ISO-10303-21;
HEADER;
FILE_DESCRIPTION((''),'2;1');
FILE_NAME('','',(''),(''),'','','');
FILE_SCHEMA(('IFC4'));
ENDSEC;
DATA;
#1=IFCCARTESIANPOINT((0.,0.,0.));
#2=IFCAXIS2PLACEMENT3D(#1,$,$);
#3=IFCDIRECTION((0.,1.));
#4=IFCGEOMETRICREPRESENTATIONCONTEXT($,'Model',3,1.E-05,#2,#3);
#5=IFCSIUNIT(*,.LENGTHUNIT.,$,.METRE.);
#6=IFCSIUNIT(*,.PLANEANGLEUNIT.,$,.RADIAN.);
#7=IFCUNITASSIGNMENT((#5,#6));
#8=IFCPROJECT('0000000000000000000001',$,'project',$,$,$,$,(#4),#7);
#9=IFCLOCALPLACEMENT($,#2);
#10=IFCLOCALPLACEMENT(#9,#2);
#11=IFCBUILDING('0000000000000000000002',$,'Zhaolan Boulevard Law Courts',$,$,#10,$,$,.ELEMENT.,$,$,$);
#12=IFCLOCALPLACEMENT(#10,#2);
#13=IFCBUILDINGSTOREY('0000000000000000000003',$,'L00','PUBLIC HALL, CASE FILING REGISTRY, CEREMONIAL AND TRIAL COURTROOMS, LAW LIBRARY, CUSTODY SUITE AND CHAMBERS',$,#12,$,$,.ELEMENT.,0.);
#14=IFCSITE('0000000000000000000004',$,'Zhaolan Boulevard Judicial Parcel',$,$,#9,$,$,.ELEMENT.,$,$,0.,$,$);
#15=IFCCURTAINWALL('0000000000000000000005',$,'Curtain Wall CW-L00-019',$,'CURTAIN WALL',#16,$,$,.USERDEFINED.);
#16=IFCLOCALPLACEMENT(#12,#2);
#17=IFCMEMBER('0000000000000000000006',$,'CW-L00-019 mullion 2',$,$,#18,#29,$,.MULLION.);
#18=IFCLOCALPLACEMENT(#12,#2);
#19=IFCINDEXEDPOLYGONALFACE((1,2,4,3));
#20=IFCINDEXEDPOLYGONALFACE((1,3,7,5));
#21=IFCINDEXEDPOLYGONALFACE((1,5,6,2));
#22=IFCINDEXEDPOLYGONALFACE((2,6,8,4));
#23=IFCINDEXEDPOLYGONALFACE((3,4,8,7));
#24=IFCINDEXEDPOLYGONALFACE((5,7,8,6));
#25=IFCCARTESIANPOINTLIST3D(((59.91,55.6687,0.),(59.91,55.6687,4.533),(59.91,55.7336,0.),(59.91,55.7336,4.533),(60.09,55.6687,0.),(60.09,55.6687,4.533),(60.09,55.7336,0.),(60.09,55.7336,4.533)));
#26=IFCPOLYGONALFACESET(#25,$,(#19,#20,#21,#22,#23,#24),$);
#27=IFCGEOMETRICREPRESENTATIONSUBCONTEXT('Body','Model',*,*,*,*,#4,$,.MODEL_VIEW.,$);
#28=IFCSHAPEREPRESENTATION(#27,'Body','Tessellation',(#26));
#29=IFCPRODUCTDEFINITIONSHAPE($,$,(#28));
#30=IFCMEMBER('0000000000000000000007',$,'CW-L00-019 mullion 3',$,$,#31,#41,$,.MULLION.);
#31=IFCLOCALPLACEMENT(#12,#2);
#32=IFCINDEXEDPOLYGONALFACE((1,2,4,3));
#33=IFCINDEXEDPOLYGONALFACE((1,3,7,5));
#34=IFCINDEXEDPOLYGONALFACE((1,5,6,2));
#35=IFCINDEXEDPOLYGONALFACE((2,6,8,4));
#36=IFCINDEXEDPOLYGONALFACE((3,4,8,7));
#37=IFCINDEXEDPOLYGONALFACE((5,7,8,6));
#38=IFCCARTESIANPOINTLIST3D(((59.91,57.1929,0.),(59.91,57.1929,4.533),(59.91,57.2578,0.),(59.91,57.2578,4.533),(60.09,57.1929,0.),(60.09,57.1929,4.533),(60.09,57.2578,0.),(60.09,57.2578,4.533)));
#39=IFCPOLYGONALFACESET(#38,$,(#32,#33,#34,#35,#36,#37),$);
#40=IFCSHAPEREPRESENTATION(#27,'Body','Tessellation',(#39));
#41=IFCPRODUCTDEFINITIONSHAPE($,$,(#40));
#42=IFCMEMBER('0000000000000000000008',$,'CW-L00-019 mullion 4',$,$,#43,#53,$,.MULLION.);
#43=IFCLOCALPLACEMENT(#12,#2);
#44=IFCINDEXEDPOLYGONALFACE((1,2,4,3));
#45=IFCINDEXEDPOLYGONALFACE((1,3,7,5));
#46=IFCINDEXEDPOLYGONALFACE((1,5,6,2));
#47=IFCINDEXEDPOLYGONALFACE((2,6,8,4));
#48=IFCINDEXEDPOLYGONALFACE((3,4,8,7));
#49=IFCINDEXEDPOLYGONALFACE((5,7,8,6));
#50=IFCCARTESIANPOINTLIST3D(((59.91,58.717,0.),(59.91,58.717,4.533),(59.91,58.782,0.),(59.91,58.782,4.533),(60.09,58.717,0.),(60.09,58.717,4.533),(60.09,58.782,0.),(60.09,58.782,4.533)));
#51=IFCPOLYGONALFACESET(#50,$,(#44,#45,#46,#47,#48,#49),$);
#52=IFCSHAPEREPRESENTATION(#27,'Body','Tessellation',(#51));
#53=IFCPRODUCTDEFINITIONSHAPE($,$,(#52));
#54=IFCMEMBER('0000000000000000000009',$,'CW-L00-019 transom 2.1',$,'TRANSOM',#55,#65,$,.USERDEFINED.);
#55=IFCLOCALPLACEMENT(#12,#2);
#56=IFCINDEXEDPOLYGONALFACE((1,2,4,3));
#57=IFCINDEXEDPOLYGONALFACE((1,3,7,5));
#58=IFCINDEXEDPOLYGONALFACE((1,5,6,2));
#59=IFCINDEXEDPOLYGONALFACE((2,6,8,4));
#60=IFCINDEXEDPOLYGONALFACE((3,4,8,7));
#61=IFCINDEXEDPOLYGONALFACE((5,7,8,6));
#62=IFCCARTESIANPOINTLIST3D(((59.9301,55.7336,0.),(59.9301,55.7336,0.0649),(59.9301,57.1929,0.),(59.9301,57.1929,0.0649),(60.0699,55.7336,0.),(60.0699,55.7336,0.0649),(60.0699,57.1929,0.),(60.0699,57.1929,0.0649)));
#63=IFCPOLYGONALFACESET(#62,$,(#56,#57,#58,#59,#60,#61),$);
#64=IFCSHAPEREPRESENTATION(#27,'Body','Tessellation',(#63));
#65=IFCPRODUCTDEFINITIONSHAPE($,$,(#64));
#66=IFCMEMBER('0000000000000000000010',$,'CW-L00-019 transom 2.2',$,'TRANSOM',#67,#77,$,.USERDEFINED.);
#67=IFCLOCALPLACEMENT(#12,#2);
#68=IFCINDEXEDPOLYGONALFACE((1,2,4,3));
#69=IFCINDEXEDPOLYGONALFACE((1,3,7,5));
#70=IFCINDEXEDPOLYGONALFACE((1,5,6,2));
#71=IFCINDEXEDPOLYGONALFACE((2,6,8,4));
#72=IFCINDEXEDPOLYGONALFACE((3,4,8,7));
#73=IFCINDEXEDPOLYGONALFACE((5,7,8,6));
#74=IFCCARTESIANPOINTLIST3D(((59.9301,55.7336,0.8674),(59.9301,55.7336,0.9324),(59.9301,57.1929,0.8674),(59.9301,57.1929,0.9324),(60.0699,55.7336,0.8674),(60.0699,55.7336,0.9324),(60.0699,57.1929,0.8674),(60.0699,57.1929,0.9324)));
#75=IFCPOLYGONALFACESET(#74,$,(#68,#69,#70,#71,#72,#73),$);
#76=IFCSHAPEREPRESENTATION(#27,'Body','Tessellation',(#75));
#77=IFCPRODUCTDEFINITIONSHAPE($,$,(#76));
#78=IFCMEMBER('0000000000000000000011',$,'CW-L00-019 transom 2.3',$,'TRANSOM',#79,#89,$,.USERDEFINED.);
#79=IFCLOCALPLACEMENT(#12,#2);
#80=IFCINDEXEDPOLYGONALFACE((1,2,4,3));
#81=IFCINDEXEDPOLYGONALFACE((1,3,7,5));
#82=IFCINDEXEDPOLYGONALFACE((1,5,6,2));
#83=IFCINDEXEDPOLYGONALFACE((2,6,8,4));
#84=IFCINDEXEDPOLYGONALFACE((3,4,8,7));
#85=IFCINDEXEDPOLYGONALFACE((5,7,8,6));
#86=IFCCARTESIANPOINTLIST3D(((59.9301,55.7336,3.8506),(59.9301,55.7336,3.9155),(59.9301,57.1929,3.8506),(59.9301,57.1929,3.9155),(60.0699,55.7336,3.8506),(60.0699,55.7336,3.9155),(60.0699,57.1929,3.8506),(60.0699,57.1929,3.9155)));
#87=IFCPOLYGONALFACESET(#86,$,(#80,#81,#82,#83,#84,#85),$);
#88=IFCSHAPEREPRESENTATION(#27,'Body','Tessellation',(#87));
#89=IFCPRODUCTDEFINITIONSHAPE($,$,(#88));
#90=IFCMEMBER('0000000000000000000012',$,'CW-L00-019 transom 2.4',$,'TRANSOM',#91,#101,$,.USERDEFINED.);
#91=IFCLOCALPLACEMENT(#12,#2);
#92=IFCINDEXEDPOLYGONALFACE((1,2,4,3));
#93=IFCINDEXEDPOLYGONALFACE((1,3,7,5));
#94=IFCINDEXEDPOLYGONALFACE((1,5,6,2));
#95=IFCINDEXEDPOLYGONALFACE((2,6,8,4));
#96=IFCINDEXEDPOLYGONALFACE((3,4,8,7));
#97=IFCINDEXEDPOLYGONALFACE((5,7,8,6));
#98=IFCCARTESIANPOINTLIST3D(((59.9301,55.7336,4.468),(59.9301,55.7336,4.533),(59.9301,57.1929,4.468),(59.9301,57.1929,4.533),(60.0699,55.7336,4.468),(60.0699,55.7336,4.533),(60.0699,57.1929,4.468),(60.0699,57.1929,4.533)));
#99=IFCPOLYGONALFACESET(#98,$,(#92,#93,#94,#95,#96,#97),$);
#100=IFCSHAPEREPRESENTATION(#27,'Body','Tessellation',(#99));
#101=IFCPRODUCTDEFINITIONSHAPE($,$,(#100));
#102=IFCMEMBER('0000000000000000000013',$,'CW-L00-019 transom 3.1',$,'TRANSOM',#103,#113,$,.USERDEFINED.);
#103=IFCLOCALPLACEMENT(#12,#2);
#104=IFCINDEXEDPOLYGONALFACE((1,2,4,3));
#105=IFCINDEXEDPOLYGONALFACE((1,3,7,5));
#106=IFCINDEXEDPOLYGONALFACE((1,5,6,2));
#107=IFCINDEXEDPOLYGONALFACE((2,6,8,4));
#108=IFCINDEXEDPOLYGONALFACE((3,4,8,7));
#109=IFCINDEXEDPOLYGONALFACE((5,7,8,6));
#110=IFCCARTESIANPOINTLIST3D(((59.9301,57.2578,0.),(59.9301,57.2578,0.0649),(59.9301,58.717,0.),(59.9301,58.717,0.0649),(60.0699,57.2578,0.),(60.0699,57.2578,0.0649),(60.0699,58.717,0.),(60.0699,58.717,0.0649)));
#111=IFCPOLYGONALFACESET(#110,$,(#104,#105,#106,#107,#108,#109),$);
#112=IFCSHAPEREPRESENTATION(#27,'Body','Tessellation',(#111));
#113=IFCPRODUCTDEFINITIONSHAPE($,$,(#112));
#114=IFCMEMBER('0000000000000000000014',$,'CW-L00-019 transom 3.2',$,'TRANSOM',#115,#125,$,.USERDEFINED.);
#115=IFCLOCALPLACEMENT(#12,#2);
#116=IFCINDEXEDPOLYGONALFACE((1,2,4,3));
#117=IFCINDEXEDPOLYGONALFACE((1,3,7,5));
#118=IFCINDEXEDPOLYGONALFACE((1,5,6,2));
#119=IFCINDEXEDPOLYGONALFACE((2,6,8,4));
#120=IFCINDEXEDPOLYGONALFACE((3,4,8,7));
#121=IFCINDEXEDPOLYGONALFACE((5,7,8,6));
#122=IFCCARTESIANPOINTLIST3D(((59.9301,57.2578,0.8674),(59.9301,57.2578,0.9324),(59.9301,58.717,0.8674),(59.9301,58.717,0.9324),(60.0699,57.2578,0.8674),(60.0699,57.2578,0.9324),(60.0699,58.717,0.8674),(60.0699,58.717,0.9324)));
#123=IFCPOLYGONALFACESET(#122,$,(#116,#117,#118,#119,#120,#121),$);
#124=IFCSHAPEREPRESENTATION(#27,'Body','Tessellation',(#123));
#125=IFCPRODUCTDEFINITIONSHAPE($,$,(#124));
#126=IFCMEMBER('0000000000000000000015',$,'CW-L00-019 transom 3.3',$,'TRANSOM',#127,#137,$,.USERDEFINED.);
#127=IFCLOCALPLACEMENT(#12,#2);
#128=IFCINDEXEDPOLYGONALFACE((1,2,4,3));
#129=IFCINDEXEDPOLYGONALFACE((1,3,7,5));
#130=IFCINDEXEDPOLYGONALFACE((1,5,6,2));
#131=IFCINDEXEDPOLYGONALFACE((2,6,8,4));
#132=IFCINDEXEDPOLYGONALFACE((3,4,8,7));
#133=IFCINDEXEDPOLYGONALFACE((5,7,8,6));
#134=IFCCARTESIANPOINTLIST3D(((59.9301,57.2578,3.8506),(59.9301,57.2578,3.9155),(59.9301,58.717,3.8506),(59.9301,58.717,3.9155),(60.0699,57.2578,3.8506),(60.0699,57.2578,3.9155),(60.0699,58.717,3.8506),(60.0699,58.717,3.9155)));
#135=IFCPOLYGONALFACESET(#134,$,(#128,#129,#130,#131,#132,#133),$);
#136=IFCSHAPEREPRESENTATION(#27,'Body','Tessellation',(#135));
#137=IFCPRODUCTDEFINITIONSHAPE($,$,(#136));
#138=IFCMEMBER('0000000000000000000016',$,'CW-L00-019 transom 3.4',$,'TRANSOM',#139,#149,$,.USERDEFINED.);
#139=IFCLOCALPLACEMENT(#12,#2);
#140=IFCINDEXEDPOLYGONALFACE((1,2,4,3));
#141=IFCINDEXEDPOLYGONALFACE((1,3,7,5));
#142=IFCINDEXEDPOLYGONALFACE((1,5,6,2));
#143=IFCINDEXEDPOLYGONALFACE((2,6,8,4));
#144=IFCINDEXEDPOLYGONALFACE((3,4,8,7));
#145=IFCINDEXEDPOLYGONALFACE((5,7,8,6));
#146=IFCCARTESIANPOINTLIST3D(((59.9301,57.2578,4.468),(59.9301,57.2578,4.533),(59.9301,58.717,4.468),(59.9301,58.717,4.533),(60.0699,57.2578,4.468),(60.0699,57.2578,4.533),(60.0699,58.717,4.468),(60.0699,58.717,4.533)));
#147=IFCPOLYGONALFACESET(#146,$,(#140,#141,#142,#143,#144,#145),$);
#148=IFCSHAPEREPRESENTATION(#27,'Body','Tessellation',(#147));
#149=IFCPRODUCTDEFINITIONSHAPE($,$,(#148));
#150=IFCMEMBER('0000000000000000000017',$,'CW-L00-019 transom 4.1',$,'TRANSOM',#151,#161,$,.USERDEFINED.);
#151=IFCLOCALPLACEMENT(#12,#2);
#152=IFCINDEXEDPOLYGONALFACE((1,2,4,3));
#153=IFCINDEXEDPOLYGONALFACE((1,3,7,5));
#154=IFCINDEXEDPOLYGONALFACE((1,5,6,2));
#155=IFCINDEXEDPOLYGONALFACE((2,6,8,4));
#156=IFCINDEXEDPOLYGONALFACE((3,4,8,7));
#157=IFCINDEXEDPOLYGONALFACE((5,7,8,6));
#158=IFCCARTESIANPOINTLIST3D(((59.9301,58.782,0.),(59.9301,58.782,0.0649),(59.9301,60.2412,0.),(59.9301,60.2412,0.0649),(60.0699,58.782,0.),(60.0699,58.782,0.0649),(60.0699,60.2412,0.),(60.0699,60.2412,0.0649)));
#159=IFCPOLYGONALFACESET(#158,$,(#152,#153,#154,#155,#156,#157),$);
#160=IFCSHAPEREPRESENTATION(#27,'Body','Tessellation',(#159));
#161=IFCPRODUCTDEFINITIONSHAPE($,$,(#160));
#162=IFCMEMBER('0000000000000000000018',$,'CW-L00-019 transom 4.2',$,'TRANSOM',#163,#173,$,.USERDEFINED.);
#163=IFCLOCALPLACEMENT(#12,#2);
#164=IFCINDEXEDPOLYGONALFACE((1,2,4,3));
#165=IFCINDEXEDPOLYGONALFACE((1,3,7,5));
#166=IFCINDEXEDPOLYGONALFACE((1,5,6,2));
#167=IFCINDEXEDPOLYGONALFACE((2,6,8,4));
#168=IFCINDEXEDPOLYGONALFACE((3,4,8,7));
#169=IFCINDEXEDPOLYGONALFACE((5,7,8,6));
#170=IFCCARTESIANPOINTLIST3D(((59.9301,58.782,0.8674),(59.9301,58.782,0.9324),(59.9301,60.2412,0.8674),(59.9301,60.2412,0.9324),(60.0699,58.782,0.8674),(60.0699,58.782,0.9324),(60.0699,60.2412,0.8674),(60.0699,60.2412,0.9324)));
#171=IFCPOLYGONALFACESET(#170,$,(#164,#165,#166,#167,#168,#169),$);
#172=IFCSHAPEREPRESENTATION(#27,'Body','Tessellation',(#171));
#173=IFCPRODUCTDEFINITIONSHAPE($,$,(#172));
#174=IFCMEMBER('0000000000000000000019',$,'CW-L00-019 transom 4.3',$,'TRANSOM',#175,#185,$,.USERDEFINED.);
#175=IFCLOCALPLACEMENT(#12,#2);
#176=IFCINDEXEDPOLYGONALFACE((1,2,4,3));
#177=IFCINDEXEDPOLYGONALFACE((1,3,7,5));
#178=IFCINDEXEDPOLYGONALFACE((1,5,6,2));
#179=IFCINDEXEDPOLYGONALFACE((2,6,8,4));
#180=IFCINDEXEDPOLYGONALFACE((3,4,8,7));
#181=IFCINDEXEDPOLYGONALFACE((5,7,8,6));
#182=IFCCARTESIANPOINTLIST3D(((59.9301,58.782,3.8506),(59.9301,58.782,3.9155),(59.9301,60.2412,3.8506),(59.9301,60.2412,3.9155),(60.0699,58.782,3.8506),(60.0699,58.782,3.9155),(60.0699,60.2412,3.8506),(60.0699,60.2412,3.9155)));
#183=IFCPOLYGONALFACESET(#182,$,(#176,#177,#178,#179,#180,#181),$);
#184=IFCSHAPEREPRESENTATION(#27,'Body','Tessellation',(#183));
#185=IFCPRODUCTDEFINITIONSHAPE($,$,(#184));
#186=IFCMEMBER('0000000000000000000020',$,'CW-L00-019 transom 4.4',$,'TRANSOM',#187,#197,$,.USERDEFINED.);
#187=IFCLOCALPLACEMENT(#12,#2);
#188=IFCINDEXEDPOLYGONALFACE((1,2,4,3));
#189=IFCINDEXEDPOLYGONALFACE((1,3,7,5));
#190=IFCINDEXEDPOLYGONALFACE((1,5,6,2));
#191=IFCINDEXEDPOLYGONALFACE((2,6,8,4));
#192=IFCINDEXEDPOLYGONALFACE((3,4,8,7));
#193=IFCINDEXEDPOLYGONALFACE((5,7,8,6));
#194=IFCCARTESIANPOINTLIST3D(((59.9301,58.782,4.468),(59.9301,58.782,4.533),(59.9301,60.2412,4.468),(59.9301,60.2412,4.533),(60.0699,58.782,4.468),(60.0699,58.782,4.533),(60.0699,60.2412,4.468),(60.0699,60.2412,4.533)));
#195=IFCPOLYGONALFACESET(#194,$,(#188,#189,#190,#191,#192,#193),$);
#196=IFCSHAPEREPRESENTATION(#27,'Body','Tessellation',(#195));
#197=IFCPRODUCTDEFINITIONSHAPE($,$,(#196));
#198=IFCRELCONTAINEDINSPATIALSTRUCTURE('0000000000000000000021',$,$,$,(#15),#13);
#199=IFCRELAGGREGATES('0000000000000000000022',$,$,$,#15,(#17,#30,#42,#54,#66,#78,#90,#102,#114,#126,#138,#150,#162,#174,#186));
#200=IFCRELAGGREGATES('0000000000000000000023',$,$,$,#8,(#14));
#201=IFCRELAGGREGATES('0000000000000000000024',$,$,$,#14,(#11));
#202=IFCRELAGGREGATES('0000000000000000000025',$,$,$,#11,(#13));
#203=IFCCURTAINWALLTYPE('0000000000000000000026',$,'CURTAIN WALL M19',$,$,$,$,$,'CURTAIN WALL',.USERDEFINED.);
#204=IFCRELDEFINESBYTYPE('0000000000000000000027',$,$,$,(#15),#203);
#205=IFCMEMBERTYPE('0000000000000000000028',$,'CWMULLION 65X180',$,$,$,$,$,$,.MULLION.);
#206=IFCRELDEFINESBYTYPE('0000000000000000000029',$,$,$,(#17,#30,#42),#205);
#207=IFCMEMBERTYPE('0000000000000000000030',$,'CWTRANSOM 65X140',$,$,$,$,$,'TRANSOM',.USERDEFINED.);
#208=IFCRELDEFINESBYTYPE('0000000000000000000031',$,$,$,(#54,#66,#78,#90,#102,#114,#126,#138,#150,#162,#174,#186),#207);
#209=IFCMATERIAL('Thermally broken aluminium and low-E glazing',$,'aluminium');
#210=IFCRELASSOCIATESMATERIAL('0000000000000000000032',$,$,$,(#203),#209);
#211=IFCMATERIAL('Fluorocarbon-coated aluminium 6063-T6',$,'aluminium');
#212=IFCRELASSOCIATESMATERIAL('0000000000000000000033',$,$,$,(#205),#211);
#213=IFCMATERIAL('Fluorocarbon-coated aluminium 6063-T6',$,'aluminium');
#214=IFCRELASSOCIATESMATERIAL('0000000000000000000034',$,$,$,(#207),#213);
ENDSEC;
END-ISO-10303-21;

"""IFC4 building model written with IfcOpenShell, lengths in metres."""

from ifc_helpers import new_model, si_unit, direction, frame, origin, origin_2d, place, context, subcontext, project, spatial, rectangle, extrude, material, material_profile, profile_set, type_object, element, aggregate, save


model = new_model("IFC4")

# Units and contexts
model_context = context("Model", 3, precision=1e-05, world=origin(), true_north=direction((0.0, 1.0)))
body_context = subcontext(model_context, "Body", "Model", "MODEL_VIEW")
ifc_project = project(units=[si_unit("LENGTHUNIT", "METRE"), si_unit("PLANEANGLEUNIT", "RADIAN")], contexts=[model_context])

# Site, building, storey
site_placement = place(None, origin())
site = spatial("IfcSite", under=ifc_project, at=site_placement, Name="Zhaolan Boulevard Judicial Parcel", CompositionType="ELEMENT", RefElevation=0.0)
building_placement = place(site_placement, origin())
building = spatial("IfcBuilding", under=site, at=building_placement, Name="Zhaolan Boulevard Law Courts", CompositionType="ELEMENT")
storey_placement = place(building_placement, origin())
storey = spatial("IfcBuildingStorey", under=building, at=storey_placement, Name="L00", Description="PUBLIC HALL, CASE FILING REGISTRY, CEREMONIAL AND TRIAL COURTROOMS, LAW LIBRARY, CUSTODY SUITE AND CHAMBERS", CompositionType="ELEMENT", Elevation=0.0)

# Curtain wall, members
ifc_material_1 = material(Name="Thermally broken aluminium and low-E glazing", Category="aluminium")
curtain_wall_type = type_object("IfcCurtainWallType", Name="CURTAIN WALL M19", ElementType="CURTAIN WALL", PredefinedType="USERDEFINED", material=ifc_material_1)
curtain_wall_placement = place(storey_placement, origin())
curtain_wall = element("IfcCurtainWall", 1, at=curtain_wall_placement, inside=storey, type_object=curtain_wall_type, Name="Curtain Wall CW-L00-019", ObjectType="CURTAIN WALL", PredefinedType="USERDEFINED")
ifc_material_2 = material(Name="Fluorocarbon-coated aluminium 6063-T6", Category="aluminium")
ifc_material_profile_1 = material_profile(ifc_material_2, rectangle(XDim=0.1799, YDim=0.0649, at=origin_2d()), Name="AL65x180")
ifc_profile_set_1 = profile_set([ifc_material_profile_1], Name="Fluorocarbon-coated aluminium 6063-T6")
member_type_1 = type_object("IfcMemberType", Name="CWMULLION 65X180", PredefinedType="MULLION", material=ifc_profile_set_1)
member_1_placement = place(storey_placement, frame((60.0, 55.7012, 0.0), z_axis=(0.0, 0.0, 1.0), x_axis=(-1.0, 0.0, 0.0)))
member_1 = element("IfcMember", 2, at=member_1_placement, type_object=member_type_1, Name="CW-L00-019 mullion 2", PredefinedType="MULLION", context=body_context, shape_type="SweptSolid", body=[
    extrude(rectangle(XDim=0.1799, YDim=0.0649, at=origin_2d()), origin(), (0.0, 0.0, 1.0), 4.533),
])
member_2_placement = place(storey_placement, frame((60.0, 57.2253, 0.0), z_axis=(0.0, 0.0, 1.0), x_axis=(-1.0, 0.0, 0.0)))
member_2 = element("IfcMember", 3, at=member_2_placement, type_object=member_type_1, Name="CW-L00-019 mullion 3", PredefinedType="MULLION", context=body_context, shape_type="SweptSolid", body=[
    extrude(rectangle(XDim=0.1799, YDim=0.0649, at=origin_2d()), origin(), (0.0, 0.0, 1.0), 4.533),
])
member_3_placement = place(storey_placement, frame((60.0, 58.7495, 0.0), z_axis=(0.0, 0.0, 1.0), x_axis=(-1.0, 0.0, 0.0)))
member_3 = element("IfcMember", 4, at=member_3_placement, type_object=member_type_1, Name="CW-L00-019 mullion 4", PredefinedType="MULLION", context=body_context, shape_type="SweptSolid", body=[
    extrude(rectangle(XDim=0.1799, YDim=0.0649, at=origin_2d()), origin(), (0.0, 0.0, 1.0), 4.533),
])
ifc_material_3 = material(Name="Fluorocarbon-coated aluminium 6063-T6", Category="aluminium")
ifc_material_profile_2 = material_profile(ifc_material_3, rectangle(XDim=0.1399, YDim=0.0649, at=origin_2d()), Name="AL65x140")
ifc_profile_set_2 = profile_set([ifc_material_profile_2], Name="Fluorocarbon-coated aluminium 6063-T6")
member_type_2 = type_object("IfcMemberType", Name="CWTRANSOM 65X140", ElementType="TRANSOM", PredefinedType="USERDEFINED", material=ifc_profile_set_2)
member_4_placement = place(storey_placement, frame((60.0, 55.7336, 0.0325), z_axis=(0.0, 1.0, 0.0), x_axis=(-1.0, 0.0, 0.0)))
member_4 = element("IfcMember", 5, at=member_4_placement, type_object=member_type_2, Name="CW-L00-019 transom 2.1", ObjectType="TRANSOM", PredefinedType="USERDEFINED", context=body_context, shape_type="SweptSolid", body=[
    extrude(rectangle(XDim=0.1399, YDim=0.0649, at=origin_2d()), origin(), (0.0, 0.0, 1.0), 1.4592),
])
member_5_placement = place(storey_placement, frame((60.0, 55.7336, 0.8999), z_axis=(0.0, 1.0, 0.0), x_axis=(-1.0, 0.0, 0.0)))
member_5 = element("IfcMember", 6, at=member_5_placement, type_object=member_type_2, Name="CW-L00-019 transom 2.2", ObjectType="TRANSOM", PredefinedType="USERDEFINED", context=body_context, shape_type="SweptSolid", body=[
    extrude(rectangle(XDim=0.1399, YDim=0.0649, at=origin_2d()), origin(), (0.0, 0.0, 1.0), 1.4592),
])
member_6_placement = place(storey_placement, frame((60.0, 55.7336, 3.8831), z_axis=(0.0, 1.0, 0.0), x_axis=(-1.0, 0.0, 0.0)))
member_6 = element("IfcMember", 7, at=member_6_placement, type_object=member_type_2, Name="CW-L00-019 transom 2.3", ObjectType="TRANSOM", PredefinedType="USERDEFINED", context=body_context, shape_type="SweptSolid", body=[
    extrude(rectangle(XDim=0.1399, YDim=0.0649, at=origin_2d()), origin(), (0.0, 0.0, 1.0), 1.4592),
])
member_7_placement = place(storey_placement, frame((60.0, 55.7336, 4.5005), z_axis=(0.0, 1.0, 0.0), x_axis=(-1.0, 0.0, 0.0)))
member_7 = element("IfcMember", 8, at=member_7_placement, type_object=member_type_2, Name="CW-L00-019 transom 2.4", ObjectType="TRANSOM", PredefinedType="USERDEFINED", context=body_context, shape_type="SweptSolid", body=[
    extrude(rectangle(XDim=0.1399, YDim=0.0649, at=origin_2d()), origin(), (0.0, 0.0, 1.0), 1.4592),
])
member_8_placement = place(storey_placement, frame((60.0, 57.2578, 0.0325), z_axis=(0.0, 1.0, 0.0), x_axis=(-1.0, 0.0, 0.0)))
member_8 = element("IfcMember", 9, at=member_8_placement, type_object=member_type_2, Name="CW-L00-019 transom 3.1", ObjectType="TRANSOM", PredefinedType="USERDEFINED", context=body_context, shape_type="SweptSolid", body=[
    extrude(rectangle(XDim=0.1399, YDim=0.0649, at=origin_2d()), origin(), (0.0, 0.0, 1.0), 1.4592),
])
member_9_placement = place(storey_placement, frame((60.0, 57.2578, 0.8999), z_axis=(0.0, 1.0, 0.0), x_axis=(-1.0, 0.0, 0.0)))
member_9 = element("IfcMember", 10, at=member_9_placement, type_object=member_type_2, Name="CW-L00-019 transom 3.2", ObjectType="TRANSOM", PredefinedType="USERDEFINED", context=body_context, shape_type="SweptSolid", body=[
    extrude(rectangle(XDim=0.1399, YDim=0.0649, at=origin_2d()), origin(), (0.0, 0.0, 1.0), 1.4592),
])
member_10_placement = place(storey_placement, frame((60.0, 57.2578, 3.8831), z_axis=(0.0, 1.0, 0.0), x_axis=(-1.0, 0.0, 0.0)))
member_10 = element("IfcMember", 11, at=member_10_placement, type_object=member_type_2, Name="CW-L00-019 transom 3.3", ObjectType="TRANSOM", PredefinedType="USERDEFINED", context=body_context, shape_type="SweptSolid", body=[
    extrude(rectangle(XDim=0.1399, YDim=0.0649, at=origin_2d()), origin(), (0.0, 0.0, 1.0), 1.4592),
])
member_11_placement = place(storey_placement, frame((60.0, 57.2578, 4.5005), z_axis=(0.0, 1.0, 0.0), x_axis=(-1.0, 0.0, 0.0)))
member_11 = element("IfcMember", 12, at=member_11_placement, type_object=member_type_2, Name="CW-L00-019 transom 3.4", ObjectType="TRANSOM", PredefinedType="USERDEFINED", context=body_context, shape_type="SweptSolid", body=[
    extrude(rectangle(XDim=0.1399, YDim=0.0649, at=origin_2d()), origin(), (0.0, 0.0, 1.0), 1.4592),
])
member_12_placement = place(storey_placement, frame((60.0, 58.782, 0.0325), z_axis=(0.0, 1.0, 0.0), x_axis=(-1.0, 0.0, 0.0)))
member_12 = element("IfcMember", 13, at=member_12_placement, type_object=member_type_2, Name="CW-L00-019 transom 4.1", ObjectType="TRANSOM", PredefinedType="USERDEFINED", context=body_context, shape_type="SweptSolid", body=[
    extrude(rectangle(XDim=0.1399, YDim=0.0649, at=origin_2d()), origin(), (0.0, 0.0, 1.0), 1.4592),
])
member_13_placement = place(storey_placement, frame((60.0, 58.782, 0.8999), z_axis=(0.0, 1.0, 0.0), x_axis=(-1.0, 0.0, 0.0)))
member_13 = element("IfcMember", 14, at=member_13_placement, type_object=member_type_2, Name="CW-L00-019 transom 4.2", ObjectType="TRANSOM", PredefinedType="USERDEFINED", context=body_context, shape_type="SweptSolid", body=[
    extrude(rectangle(XDim=0.1399, YDim=0.0649, at=origin_2d()), origin(), (0.0, 0.0, 1.0), 1.4592),
])
member_14_placement = place(storey_placement, frame((60.0, 58.782, 3.8831), z_axis=(0.0, 1.0, 0.0), x_axis=(-1.0, 0.0, 0.0)))
member_14 = element("IfcMember", 15, at=member_14_placement, type_object=member_type_2, Name="CW-L00-019 transom 4.3", ObjectType="TRANSOM", PredefinedType="USERDEFINED", context=body_context, shape_type="SweptSolid", body=[
    extrude(rectangle(XDim=0.1399, YDim=0.0649, at=origin_2d()), origin(), (0.0, 0.0, 1.0), 1.4592),
])
member_15_placement = place(storey_placement, frame((60.0, 58.782, 4.5005), z_axis=(0.0, 1.0, 0.0), x_axis=(-1.0, 0.0, 0.0)))
member_15 = element("IfcMember", 16, at=member_15_placement, type_object=member_type_2, Name="CW-L00-019 transom 4.4", ObjectType="TRANSOM", PredefinedType="USERDEFINED", context=body_context, shape_type="SweptSolid", body=[
    extrude(rectangle(XDim=0.1399, YDim=0.0649, at=origin_2d()), origin(), (0.0, 0.0, 1.0), 1.4592),
])
aggregate(curtain_wall, [member_1, member_2, member_3, member_4, member_5, member_6, member_7, member_8, member_9, member_10, member_11, member_12, member_13, member_14, member_15])

save(model, "model.ifc")
